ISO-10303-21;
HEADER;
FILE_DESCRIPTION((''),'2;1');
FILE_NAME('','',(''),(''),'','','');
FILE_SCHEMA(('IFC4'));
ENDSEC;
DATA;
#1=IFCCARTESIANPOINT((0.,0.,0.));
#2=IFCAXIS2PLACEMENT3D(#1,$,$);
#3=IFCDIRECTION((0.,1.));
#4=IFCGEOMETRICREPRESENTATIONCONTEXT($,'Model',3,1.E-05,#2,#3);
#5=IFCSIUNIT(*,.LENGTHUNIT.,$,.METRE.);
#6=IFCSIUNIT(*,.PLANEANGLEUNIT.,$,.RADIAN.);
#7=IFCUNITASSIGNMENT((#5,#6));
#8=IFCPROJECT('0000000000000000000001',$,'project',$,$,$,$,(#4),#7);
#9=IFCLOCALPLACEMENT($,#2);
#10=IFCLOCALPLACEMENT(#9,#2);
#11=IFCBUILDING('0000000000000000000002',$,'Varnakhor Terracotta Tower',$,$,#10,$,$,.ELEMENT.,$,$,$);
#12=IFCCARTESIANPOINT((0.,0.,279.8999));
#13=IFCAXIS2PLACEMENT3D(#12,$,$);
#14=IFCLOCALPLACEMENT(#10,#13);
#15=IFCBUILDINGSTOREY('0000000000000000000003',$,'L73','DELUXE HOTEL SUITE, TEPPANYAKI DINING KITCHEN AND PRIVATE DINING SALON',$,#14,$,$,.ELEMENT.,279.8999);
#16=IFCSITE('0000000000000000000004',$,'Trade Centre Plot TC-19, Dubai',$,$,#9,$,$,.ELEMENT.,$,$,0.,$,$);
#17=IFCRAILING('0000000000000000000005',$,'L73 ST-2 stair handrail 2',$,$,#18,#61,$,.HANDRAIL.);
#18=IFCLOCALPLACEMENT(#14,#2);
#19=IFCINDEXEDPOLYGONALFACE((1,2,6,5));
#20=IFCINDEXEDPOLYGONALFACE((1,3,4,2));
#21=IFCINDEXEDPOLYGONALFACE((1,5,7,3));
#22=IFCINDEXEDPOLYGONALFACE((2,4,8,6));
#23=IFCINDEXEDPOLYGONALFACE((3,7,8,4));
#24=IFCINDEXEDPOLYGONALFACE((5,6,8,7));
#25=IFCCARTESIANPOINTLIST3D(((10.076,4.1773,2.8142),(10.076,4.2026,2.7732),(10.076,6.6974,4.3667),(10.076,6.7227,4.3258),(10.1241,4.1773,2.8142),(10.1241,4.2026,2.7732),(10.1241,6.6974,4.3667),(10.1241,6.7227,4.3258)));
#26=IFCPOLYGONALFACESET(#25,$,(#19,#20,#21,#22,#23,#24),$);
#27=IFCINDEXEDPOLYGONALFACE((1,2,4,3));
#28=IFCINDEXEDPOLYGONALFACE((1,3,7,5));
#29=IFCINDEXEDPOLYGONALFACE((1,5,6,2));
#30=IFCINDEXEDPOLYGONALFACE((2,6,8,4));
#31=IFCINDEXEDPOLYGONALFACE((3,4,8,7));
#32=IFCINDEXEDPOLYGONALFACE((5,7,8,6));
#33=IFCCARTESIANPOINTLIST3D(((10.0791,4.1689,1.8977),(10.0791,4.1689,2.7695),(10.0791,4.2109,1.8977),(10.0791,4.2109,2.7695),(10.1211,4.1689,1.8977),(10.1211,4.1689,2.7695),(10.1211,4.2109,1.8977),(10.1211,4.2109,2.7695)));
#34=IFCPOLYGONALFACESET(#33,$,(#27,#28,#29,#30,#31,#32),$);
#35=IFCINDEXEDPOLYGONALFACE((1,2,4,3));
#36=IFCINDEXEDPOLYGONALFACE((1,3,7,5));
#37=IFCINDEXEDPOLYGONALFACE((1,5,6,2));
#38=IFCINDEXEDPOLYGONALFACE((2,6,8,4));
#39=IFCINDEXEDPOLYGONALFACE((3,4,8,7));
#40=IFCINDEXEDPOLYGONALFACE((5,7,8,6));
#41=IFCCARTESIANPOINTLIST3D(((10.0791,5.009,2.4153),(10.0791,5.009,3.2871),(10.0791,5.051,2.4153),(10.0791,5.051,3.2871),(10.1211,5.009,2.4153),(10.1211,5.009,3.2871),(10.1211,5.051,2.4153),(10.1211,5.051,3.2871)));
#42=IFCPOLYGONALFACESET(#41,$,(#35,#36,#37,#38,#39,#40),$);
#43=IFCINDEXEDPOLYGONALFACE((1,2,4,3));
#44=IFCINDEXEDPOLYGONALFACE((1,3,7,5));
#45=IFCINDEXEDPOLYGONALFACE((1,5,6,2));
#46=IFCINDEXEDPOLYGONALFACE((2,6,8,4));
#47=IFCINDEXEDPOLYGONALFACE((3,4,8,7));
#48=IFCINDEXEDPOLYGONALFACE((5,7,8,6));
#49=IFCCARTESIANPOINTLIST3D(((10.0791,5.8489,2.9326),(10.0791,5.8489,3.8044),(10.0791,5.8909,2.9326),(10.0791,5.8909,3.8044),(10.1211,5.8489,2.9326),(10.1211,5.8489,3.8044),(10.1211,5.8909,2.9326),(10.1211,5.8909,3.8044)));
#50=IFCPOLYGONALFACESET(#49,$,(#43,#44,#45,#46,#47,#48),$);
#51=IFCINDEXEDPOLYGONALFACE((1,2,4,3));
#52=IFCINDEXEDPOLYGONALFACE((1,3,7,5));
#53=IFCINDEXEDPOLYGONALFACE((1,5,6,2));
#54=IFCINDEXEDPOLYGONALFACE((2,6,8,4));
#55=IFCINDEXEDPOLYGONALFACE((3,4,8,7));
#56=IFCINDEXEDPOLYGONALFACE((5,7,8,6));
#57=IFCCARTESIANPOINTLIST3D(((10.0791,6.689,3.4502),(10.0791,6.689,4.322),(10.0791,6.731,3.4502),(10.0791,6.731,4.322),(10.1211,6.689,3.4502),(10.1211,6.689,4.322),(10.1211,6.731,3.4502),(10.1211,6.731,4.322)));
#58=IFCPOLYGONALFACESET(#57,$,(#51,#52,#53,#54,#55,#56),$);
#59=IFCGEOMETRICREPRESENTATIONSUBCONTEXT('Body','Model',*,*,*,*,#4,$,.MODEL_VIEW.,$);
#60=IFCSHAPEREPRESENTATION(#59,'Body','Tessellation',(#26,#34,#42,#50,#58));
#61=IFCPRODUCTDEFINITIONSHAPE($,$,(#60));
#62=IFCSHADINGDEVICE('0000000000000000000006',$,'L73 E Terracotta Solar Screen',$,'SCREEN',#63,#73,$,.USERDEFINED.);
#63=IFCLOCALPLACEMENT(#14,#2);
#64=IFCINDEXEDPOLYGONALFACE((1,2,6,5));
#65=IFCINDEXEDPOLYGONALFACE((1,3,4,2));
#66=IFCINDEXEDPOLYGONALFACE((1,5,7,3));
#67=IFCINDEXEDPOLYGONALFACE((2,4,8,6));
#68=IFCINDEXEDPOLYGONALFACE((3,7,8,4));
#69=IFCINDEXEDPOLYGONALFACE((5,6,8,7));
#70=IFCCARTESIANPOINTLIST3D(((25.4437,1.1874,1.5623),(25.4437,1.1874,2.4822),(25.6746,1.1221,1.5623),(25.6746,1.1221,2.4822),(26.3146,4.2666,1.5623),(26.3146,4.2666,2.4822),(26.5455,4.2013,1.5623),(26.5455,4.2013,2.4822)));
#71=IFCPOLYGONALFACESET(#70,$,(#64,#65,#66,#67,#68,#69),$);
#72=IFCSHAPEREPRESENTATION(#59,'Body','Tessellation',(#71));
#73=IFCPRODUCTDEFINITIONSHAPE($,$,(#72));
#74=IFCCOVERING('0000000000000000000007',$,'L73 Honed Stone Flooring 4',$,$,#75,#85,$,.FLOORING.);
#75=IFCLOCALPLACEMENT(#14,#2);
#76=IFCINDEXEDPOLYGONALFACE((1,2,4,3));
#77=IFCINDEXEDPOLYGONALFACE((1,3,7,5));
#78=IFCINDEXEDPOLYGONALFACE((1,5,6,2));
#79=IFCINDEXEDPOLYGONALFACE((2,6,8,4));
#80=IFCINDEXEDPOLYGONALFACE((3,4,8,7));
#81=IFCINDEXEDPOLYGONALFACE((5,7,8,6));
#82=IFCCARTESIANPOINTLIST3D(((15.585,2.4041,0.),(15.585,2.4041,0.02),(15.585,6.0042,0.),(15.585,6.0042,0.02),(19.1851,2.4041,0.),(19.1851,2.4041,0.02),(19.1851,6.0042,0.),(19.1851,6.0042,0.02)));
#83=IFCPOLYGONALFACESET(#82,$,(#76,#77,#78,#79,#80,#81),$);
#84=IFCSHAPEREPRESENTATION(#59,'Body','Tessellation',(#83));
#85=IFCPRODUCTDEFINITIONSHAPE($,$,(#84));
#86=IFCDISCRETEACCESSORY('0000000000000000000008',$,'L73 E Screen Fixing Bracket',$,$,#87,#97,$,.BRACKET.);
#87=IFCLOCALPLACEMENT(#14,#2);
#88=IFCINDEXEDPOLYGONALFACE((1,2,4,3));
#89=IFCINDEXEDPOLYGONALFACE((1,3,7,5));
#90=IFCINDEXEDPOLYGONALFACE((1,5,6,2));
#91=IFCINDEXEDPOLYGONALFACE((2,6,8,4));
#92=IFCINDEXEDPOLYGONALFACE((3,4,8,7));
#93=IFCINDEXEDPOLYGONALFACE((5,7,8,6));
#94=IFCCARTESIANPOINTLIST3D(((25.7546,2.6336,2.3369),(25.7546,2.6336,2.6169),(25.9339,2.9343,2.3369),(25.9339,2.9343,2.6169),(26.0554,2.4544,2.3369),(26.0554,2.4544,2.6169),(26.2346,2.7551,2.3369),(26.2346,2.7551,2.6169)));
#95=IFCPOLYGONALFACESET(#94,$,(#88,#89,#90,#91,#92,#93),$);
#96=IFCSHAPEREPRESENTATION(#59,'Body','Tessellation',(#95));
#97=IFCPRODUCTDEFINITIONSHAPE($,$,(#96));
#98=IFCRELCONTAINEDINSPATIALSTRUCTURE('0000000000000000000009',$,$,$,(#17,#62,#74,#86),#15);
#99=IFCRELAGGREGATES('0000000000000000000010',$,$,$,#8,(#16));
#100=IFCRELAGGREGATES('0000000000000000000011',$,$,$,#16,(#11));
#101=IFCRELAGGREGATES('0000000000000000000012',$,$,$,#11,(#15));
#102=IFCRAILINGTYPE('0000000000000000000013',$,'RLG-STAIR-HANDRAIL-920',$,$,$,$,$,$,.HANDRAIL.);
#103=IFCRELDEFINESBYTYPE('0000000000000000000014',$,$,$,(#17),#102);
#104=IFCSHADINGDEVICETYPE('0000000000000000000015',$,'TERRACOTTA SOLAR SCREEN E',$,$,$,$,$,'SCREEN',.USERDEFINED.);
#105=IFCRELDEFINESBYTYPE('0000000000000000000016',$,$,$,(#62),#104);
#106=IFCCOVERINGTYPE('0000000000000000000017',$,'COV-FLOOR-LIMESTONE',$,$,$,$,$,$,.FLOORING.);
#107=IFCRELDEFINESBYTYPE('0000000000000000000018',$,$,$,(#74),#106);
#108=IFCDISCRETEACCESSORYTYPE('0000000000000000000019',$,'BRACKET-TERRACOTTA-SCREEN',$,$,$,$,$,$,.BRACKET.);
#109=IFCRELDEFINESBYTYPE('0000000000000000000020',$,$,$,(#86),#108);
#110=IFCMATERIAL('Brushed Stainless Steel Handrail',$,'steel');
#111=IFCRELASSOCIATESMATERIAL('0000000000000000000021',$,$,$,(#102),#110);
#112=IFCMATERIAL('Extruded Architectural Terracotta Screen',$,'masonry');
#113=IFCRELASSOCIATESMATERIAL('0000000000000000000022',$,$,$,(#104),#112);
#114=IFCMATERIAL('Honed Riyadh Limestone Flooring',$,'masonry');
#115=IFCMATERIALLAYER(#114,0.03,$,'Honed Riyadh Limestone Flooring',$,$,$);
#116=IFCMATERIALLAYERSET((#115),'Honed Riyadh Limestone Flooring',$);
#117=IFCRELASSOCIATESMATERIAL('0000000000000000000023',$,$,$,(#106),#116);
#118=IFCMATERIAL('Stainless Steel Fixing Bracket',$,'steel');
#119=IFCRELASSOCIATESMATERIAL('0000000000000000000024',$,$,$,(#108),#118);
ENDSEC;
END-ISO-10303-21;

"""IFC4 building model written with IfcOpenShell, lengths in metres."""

from ifc_helpers import new_model, si_unit, direction, frame, origin, origin_2d, place, context, subcontext, project, spatial, rectangle, extrude, source, transform, mapped, material, layer, layer_set, type_object, type_shapes, element, save


model = new_model("IFC4")

# Units and contexts
model_context = context("Model", 3, precision=1e-05, world=origin(), true_north=direction((0.0, 1.0)))
body_context = subcontext(model_context, "Body", "Model", "MODEL_VIEW")
ifc_project = project(units=[si_unit("LENGTHUNIT", "METRE"), si_unit("PLANEANGLEUNIT", "RADIAN")], contexts=[model_context])

# Site, building, storey
site_placement = place(None, origin())
site = spatial("IfcSite", under=ifc_project, at=site_placement, Name="Trade Centre Plot TC-19, Dubai", CompositionType="ELEMENT", RefElevation=0.0)
building_placement = place(site_placement, origin())
building = spatial("IfcBuilding", under=site, at=building_placement, Name="Varnakhor Terracotta Tower", CompositionType="ELEMENT")
storey_placement = place(building_placement, frame((0.0, 0.0, 279.8999)))
storey = spatial("IfcBuildingStorey", under=building, at=storey_placement, Name="L73", Description="DELUXE HOTEL SUITE, TEPPANYAKI DINING KITCHEN AND PRIVATE DINING SALON", CompositionType="ELEMENT", Elevation=279.8999)

# Railing
ifc_material_1 = material(Name="Brushed Stainless Steel Handrail", Category="steel")
railing_type = type_object("IfcRailingType", Name="RLG-STAIR-HANDRAIL-920", PredefinedType="HANDRAIL", material=ifc_material_1)
railing_placement = place(storey_placement, frame((10.1001, 4.1899, 1.8977)))
element("IfcRailing", 1, at=railing_placement, inside=storey, type_object=railing_type, Name="L73 ST-2 stair handrail 2", PredefinedType="HANDRAIL", context=body_context, shape_type="SweptSolid", body=[
    extrude(rectangle(XDim=0.0481, YDim=0.0481, at=origin_2d()), frame((0.0, 0.0, 0.896), z_axis=(0.0, 0.8514, 0.524516), x_axis=(-1.0, 0.0, 0.0)), (0.0, 0.0, 1.0), 2.96),
    extrude(rectangle(XDim=0.042, YDim=0.042, at=origin_2d()), origin(), (0.0, 0.0, 1.0), 0.8718),
    extrude(rectangle(XDim=0.042, YDim=0.042, at=origin_2d()), frame((0.0, 0.8401, 0.5176)), (0.0, 0.0, 1.0), 0.8718),
    extrude(rectangle(XDim=0.042, YDim=0.042, at=origin_2d()), frame((0.0, 1.6799, 1.0349)), (0.0, 0.0, 1.0), 0.8718),
    extrude(rectangle(XDim=0.042, YDim=0.042, at=origin_2d()), frame((0.0, 2.52, 1.5525)), (0.0, 0.0, 1.0), 0.8718),
])

# Shading device
ifc_material_2 = material(Name="Extruded Architectural Terracotta Screen", Category="masonry")
shading_device_type = type_object("IfcShadingDeviceType", Name="TERRACOTTA SOLAR SCREEN E", ElementType="SCREEN", PredefinedType="USERDEFINED", material=ifc_material_2)
shared_shape_1 = source(origin(), body_context, "Body", "SweptSolid", [
    extrude(rectangle(XDim=3.2, YDim=0.24, at=origin_2d()), origin(), (0.0, 0.0, 1.0), 0.9199),
])
type_shapes(shading_device_type, [shared_shape_1])
shading_device_placement = place(storey_placement, frame((25.9946, 2.6943, 1.5623), z_axis=(0.0, 0.0, 1.0), x_axis=(0.272163, 0.962251, 0.0)))
element("IfcShadingDevice", 2, at=shading_device_placement, inside=storey, type_object=shading_device_type, Name="L73 E Terracotta Solar Screen", ObjectType="SCREEN", PredefinedType="USERDEFINED", context=body_context, shape_type="MappedRepresentation", body=[
    mapped(shared_shape_1, transform((0.0, 0.0, 0.0), scale=1.0)),
])

# Covering
ifc_material_3 = material(Name="Honed Riyadh Limestone Flooring", Category="masonry")
ifc_layer_1 = layer(ifc_material_3, 0.03, Name="Honed Riyadh Limestone Flooring")
ifc_layer_set_1 = layer_set([ifc_layer_1], Name="Honed Riyadh Limestone Flooring")
covering_type = type_object("IfcCoveringType", Name="COV-FLOOR-LIMESTONE", PredefinedType="FLOORING", material=ifc_layer_set_1)
shared_shape_2 = source(origin(), body_context, "Body", "SweptSolid", [
    extrude(rectangle(XDim=3.6001, YDim=3.6001, at=origin_2d()), origin(), (0.0, 0.0, 1.0), 0.02),
])
covering_placement = place(storey_placement, frame((17.385, 4.2041, 0.0), z_axis=(0.0, 0.0, 1.0), x_axis=(1.0, 0.0, 0.0)))
element("IfcCovering", 3, at=covering_placement, inside=storey, type_object=covering_type, Name="L73 Honed Stone Flooring 4", PredefinedType="FLOORING", context=body_context, shape_type="MappedRepresentation", body=[
    mapped(shared_shape_2, transform((0.0, 0.0, 0.0), scale=1.0)),
])

# Discrete accessory
ifc_material_4 = material(Name="Stainless Steel Fixing Bracket", Category="steel")
discrete_accessory_type = type_object("IfcDiscreteAccessoryType", Name="BRACKET-TERRACOTTA-SCREEN", PredefinedType="BRACKET", material=ifc_material_4)
shared_shape_3 = source(origin(), body_context, "Body", "SweptSolid", [
    extrude(rectangle(XDim=0.3501, YDim=0.3501, at=origin_2d()), origin(), (0.0, 0.0, 1.0), 0.28),
])
type_shapes(discrete_accessory_type, [shared_shape_3])
discrete_accessory_placement = place(storey_placement, frame((25.9946, 2.6943, 2.3369), z_axis=(0.0, 0.0, 1.0), x_axis=(0.511938, 0.859022, 0.0)))
element("IfcDiscreteAccessory", 4, at=discrete_accessory_placement, inside=storey, type_object=discrete_accessory_type, Name="L73 E Screen Fixing Bracket", PredefinedType="BRACKET", context=body_context, shape_type="MappedRepresentation", body=[
    mapped(shared_shape_3, transform((0.0, 0.0, 0.0), scale=1.0)),
])

save(model, "model.ifc")
